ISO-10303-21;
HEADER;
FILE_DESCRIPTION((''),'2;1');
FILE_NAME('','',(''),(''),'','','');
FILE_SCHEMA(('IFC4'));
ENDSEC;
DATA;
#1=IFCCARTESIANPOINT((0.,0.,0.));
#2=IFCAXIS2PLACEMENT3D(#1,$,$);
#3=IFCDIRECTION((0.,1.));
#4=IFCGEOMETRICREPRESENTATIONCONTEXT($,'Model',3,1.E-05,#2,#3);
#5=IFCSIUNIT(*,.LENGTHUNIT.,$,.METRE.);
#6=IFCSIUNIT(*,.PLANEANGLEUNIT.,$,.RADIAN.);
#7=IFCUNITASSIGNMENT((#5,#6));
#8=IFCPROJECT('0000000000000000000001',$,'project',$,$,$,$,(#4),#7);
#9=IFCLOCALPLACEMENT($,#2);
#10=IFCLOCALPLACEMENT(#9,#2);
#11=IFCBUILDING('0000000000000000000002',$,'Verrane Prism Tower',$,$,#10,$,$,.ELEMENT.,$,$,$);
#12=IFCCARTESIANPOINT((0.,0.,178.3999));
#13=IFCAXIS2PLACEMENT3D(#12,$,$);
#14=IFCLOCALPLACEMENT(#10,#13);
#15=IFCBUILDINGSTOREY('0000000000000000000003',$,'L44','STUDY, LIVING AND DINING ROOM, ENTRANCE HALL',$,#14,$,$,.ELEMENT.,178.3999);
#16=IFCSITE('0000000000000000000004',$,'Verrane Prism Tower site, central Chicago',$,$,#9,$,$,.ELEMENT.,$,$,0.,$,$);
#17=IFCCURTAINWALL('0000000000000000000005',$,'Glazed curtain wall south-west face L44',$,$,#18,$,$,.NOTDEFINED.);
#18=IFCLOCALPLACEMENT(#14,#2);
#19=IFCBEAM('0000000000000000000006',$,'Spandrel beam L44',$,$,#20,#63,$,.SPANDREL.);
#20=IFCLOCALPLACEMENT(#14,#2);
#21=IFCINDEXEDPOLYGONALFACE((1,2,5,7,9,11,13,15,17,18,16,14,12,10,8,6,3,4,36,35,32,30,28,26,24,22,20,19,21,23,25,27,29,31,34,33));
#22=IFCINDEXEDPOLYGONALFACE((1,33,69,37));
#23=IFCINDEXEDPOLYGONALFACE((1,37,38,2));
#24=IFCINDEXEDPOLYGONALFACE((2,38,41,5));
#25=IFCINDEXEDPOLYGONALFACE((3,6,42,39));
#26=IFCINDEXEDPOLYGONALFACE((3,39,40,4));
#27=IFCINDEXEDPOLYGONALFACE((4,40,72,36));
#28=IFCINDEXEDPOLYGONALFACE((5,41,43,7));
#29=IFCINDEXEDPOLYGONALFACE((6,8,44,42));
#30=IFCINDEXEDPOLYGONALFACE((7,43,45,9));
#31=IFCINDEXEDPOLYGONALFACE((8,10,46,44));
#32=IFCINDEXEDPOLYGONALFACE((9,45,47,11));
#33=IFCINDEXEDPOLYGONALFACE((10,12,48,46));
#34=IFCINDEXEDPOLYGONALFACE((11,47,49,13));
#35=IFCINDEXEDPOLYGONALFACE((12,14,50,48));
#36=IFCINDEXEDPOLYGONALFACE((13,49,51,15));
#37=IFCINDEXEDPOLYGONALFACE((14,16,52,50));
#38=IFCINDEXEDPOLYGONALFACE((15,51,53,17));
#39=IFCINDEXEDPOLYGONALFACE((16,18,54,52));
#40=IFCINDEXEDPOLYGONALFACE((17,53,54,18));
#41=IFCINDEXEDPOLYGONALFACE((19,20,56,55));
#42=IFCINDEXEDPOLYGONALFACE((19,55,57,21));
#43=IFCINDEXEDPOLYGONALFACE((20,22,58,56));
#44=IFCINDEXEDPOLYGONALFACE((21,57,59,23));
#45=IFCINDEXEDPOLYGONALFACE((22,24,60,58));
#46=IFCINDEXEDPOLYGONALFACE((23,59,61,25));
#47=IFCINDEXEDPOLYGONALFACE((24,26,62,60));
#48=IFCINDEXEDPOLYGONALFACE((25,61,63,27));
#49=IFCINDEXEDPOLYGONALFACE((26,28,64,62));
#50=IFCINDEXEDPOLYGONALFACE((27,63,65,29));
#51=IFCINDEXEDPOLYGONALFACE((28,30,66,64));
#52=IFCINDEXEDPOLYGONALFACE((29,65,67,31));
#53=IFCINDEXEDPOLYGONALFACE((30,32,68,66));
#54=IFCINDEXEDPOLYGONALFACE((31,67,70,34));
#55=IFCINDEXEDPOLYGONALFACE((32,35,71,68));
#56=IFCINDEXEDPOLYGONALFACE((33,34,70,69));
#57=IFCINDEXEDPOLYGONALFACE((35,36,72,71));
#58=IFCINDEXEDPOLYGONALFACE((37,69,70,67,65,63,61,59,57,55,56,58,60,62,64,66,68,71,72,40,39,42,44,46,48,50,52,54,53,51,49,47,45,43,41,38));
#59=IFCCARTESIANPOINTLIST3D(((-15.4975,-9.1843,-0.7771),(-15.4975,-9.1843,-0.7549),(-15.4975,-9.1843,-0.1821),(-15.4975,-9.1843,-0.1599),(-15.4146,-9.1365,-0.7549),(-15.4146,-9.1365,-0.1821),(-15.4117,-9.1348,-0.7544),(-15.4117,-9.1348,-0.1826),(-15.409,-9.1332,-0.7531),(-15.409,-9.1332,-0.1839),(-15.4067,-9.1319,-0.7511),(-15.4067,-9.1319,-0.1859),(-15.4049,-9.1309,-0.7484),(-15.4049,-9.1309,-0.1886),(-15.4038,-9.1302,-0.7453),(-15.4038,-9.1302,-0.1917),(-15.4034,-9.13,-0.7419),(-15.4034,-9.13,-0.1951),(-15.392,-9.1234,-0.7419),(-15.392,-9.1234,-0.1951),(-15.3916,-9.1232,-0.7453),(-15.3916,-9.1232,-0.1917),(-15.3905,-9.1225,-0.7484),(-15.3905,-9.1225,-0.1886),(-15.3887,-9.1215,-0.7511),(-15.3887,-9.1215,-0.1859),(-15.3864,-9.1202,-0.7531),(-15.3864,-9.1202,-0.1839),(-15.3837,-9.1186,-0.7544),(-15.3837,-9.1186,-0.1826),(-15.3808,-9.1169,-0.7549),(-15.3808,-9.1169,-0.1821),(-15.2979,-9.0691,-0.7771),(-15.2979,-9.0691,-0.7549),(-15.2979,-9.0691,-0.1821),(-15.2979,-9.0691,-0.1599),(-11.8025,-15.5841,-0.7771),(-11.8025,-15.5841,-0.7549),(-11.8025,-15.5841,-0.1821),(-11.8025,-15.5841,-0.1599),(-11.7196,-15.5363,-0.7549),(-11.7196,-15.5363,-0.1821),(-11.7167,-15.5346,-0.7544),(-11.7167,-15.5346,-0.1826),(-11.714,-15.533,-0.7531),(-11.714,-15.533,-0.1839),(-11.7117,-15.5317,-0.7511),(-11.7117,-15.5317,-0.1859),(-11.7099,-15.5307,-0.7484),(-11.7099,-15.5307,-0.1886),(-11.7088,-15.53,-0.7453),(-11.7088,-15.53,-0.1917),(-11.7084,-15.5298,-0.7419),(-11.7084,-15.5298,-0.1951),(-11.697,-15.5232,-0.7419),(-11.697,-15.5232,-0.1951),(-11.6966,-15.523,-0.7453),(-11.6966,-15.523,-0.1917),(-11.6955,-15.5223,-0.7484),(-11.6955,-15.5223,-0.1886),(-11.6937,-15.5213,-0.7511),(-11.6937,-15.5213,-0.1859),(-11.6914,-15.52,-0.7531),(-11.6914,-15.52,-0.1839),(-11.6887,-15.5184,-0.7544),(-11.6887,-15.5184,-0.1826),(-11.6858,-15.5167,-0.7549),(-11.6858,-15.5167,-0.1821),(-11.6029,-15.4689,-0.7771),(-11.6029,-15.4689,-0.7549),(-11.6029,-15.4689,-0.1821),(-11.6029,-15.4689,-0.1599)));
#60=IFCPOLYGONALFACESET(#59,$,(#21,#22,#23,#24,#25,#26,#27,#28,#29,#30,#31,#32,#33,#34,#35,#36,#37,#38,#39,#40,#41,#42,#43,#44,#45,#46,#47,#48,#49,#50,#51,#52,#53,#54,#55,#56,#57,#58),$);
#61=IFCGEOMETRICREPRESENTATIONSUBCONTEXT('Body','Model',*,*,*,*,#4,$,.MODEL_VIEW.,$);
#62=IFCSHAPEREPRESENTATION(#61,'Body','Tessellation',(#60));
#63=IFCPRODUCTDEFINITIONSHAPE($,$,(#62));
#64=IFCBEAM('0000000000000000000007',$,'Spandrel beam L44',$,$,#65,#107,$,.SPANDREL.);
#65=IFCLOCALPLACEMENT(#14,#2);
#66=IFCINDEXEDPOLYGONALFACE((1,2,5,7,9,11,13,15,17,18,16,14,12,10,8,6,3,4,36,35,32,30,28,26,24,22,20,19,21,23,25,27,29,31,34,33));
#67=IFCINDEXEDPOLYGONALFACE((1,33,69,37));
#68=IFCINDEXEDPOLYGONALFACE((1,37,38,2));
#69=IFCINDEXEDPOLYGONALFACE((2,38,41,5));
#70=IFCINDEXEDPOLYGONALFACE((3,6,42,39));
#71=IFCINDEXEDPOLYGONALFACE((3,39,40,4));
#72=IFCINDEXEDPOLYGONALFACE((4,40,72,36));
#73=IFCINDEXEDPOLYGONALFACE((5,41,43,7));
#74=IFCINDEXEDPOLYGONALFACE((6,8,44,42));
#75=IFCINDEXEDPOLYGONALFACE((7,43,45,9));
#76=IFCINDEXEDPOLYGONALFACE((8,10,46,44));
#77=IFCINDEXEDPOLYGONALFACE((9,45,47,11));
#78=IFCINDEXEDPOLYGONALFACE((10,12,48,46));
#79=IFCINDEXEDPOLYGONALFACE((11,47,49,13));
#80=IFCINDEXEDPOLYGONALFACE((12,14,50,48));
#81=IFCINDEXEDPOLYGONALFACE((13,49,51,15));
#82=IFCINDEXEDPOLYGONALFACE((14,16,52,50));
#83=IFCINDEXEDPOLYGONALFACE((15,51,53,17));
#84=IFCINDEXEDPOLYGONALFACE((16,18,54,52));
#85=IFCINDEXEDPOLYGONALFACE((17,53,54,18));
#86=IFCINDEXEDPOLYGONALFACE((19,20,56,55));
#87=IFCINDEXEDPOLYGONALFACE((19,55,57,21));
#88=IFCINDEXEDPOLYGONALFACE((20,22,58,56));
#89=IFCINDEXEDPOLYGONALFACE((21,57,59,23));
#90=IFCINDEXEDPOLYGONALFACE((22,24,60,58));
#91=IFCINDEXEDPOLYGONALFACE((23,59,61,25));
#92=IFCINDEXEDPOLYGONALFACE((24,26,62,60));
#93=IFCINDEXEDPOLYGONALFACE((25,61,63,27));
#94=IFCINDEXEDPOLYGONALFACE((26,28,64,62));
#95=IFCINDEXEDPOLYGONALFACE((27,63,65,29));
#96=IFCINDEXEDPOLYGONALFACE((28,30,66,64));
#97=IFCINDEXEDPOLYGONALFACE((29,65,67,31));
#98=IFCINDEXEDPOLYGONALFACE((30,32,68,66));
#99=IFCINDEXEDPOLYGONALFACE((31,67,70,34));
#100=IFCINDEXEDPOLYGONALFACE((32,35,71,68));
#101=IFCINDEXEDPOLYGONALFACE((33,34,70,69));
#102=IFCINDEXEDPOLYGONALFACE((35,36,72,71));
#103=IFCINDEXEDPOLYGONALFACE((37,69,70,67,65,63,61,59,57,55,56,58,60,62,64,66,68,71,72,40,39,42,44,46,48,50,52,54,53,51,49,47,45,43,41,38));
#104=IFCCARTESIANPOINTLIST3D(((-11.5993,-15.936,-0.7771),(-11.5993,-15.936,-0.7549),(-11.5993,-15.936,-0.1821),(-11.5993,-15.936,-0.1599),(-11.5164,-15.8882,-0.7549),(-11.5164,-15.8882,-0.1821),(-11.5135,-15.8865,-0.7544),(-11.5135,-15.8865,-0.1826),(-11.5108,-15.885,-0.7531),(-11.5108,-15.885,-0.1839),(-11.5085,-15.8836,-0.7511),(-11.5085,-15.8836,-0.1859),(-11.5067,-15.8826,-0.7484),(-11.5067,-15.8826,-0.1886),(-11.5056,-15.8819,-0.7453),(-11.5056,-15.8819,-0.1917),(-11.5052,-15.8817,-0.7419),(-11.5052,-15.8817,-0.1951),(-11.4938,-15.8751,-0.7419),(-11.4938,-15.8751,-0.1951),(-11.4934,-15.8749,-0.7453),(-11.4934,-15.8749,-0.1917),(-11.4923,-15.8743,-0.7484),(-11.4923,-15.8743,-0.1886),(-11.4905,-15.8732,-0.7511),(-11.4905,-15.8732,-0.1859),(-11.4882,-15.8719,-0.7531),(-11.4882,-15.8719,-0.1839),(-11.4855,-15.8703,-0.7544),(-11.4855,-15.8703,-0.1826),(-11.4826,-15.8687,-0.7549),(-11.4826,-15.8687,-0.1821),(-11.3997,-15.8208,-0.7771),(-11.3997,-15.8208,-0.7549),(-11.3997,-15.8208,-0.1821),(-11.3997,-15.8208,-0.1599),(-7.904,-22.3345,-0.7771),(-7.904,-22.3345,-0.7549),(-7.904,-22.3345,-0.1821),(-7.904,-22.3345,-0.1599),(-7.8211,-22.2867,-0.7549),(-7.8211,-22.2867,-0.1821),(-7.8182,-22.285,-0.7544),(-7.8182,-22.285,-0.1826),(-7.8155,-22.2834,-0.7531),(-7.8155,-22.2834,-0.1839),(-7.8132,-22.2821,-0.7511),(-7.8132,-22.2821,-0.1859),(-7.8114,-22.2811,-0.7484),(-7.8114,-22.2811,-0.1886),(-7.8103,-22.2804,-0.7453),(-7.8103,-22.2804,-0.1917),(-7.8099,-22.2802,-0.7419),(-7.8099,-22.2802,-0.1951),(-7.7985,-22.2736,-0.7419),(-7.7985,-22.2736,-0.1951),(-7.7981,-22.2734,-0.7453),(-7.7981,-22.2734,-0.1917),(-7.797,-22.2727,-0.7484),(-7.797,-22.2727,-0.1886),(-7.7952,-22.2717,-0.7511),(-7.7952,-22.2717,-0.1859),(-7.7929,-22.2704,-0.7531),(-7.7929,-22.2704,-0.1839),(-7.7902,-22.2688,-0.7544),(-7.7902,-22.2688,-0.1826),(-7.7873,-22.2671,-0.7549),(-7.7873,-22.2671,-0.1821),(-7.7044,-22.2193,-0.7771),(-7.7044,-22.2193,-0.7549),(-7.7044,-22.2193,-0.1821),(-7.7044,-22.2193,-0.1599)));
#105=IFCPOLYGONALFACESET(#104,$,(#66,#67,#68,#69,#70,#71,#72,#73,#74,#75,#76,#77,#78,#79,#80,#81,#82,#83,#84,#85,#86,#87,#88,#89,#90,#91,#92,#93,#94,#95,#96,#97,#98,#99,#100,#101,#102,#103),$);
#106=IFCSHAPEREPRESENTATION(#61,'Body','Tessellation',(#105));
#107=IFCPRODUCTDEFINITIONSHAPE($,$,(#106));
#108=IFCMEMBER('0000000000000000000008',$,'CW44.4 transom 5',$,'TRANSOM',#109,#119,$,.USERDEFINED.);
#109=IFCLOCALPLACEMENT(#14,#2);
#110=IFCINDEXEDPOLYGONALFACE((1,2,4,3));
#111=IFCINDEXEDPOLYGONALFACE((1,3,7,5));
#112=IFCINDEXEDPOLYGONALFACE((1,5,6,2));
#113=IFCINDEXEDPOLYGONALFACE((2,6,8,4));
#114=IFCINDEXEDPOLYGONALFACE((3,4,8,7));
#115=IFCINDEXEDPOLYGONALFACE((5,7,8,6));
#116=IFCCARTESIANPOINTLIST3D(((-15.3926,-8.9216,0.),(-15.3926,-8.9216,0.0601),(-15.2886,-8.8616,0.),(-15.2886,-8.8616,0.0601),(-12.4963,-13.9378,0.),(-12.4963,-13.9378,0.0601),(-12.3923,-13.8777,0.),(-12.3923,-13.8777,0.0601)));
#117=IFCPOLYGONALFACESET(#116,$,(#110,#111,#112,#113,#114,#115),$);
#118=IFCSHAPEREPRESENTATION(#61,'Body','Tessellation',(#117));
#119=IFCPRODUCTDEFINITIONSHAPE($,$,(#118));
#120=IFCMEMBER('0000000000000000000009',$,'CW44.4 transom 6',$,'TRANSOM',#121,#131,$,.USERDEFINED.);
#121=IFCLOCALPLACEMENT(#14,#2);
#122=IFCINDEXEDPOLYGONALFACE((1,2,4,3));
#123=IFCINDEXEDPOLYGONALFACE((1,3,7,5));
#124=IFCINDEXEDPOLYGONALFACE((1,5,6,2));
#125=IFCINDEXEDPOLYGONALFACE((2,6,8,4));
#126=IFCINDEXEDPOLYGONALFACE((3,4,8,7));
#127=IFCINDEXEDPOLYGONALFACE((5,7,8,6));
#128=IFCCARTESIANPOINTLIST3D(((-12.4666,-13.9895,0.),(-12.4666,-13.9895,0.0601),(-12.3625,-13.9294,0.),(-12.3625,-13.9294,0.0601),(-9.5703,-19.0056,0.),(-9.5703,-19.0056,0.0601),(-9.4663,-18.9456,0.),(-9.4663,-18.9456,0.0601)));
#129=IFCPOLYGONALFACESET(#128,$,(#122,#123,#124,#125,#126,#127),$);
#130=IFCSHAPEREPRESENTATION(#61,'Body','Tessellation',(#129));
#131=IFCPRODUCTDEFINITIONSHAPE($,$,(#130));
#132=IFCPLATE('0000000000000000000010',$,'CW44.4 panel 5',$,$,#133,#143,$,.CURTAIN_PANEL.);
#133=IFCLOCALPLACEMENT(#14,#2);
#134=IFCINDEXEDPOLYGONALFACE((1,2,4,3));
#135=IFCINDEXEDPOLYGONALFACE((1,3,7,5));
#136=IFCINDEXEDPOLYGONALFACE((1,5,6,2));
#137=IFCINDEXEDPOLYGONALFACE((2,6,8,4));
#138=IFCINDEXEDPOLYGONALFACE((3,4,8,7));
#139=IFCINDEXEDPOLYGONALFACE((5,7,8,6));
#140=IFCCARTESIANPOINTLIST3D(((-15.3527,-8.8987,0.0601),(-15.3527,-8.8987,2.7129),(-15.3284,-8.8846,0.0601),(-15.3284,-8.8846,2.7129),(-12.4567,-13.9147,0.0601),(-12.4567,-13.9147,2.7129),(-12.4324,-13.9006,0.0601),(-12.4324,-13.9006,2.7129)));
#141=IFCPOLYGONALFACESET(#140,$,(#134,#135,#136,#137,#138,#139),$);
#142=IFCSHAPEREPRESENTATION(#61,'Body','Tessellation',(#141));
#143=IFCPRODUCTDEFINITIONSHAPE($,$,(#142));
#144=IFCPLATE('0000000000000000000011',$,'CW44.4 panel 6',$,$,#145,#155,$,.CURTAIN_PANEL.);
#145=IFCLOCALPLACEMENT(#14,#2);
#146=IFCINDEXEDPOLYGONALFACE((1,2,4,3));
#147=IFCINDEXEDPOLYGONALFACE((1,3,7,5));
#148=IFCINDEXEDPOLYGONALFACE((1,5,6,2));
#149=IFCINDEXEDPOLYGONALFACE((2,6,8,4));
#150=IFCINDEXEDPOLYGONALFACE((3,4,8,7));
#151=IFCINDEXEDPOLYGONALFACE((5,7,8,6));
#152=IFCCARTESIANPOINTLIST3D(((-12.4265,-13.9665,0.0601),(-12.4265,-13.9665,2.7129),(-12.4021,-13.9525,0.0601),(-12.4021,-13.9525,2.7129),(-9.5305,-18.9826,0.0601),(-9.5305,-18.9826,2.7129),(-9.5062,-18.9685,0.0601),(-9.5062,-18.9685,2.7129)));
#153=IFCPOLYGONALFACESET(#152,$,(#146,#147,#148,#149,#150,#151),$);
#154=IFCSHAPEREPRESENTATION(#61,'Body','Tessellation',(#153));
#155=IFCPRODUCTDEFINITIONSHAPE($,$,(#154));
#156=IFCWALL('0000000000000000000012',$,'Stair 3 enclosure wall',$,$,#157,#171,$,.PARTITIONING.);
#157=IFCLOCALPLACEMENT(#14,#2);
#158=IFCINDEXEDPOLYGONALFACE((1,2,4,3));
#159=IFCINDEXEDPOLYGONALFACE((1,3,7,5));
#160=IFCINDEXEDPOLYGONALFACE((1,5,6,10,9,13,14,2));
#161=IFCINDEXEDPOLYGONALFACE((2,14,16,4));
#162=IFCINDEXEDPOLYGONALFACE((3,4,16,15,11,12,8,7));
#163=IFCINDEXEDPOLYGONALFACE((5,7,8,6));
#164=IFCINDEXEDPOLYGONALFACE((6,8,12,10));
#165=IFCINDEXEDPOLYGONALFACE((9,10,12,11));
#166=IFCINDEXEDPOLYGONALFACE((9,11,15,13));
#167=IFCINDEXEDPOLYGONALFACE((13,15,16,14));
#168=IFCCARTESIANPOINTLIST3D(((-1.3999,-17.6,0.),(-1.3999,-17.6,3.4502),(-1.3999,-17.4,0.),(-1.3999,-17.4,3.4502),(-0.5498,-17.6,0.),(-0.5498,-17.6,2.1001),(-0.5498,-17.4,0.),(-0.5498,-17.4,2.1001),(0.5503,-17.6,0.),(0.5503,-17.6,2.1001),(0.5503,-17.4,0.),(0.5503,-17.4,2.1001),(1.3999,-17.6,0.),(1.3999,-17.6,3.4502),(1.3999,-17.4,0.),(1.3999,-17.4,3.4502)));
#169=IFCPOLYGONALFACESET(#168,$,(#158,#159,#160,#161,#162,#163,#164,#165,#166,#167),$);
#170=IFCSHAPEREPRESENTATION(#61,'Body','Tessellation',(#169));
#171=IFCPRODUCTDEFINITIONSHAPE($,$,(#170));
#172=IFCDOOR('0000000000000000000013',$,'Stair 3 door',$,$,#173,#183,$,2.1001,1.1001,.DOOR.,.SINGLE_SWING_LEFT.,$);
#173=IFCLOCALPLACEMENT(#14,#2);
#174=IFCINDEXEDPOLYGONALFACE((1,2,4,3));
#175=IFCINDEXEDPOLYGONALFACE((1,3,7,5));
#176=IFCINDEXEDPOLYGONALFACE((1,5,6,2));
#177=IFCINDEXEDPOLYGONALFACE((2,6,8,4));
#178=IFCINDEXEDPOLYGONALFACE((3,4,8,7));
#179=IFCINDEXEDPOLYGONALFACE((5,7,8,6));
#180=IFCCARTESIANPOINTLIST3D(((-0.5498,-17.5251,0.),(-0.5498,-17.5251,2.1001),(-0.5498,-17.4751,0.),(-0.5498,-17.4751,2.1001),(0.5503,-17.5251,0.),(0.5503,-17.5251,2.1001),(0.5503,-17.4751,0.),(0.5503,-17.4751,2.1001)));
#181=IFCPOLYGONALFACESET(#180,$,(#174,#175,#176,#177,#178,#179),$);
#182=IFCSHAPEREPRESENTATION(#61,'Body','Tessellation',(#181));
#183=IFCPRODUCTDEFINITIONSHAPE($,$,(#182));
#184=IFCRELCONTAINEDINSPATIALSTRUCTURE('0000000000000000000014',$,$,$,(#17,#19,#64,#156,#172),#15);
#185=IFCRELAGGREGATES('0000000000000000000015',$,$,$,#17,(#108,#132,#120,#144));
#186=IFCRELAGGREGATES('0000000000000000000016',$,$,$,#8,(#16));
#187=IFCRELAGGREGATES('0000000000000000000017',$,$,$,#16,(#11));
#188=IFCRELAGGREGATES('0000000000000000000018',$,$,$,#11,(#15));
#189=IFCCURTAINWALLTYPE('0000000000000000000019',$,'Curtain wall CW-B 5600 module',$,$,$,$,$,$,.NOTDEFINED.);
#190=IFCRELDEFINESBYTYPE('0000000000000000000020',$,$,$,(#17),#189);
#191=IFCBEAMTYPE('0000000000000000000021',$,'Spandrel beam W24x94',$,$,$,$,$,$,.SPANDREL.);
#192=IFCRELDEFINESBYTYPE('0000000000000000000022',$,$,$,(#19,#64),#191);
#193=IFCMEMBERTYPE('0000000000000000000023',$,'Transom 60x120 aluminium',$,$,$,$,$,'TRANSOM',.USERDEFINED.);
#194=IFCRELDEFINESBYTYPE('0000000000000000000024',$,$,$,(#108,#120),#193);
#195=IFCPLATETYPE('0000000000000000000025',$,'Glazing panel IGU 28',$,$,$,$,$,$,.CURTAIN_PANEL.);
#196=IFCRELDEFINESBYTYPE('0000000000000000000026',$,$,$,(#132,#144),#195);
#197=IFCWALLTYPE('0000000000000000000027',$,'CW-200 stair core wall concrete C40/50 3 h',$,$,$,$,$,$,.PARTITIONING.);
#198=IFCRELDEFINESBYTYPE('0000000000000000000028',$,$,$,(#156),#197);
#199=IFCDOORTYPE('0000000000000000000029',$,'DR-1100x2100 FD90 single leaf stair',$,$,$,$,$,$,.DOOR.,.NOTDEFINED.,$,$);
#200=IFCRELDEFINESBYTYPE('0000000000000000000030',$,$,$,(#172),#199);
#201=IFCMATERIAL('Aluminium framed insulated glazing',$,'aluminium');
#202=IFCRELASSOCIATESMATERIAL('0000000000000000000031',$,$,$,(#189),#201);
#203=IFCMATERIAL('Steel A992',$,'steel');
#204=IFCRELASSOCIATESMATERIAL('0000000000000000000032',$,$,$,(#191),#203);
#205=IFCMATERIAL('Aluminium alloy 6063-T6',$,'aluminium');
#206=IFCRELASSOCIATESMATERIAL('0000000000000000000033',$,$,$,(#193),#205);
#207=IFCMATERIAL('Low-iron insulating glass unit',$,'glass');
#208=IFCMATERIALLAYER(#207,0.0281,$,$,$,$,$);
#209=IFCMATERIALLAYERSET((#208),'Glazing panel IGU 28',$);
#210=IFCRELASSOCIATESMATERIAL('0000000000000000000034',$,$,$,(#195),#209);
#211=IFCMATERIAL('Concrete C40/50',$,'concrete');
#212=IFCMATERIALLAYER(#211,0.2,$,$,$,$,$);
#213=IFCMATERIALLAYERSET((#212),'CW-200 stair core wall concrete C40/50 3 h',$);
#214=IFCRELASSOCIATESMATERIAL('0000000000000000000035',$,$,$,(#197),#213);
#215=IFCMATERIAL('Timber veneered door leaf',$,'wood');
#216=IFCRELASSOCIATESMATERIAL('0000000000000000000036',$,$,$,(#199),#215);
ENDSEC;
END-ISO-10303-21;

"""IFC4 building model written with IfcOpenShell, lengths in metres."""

from ifc_helpers import new_model, si_unit, direction, frame, frame_2d, origin, origin_2d, place, context, subcontext, project, spatial, rectangle, i_section, extrude, material, layer, layer_set, material_profile, profile_set, type_object, element, fill, aggregate, save


model = new_model("IFC4")

# Units and contexts
model_context = context("Model", 3, precision=1e-05, world=origin(), true_north=direction((0.0, 1.0)))
body_context = subcontext(model_context, "Body", "Model", "MODEL_VIEW")
ifc_project = project(units=[si_unit("LENGTHUNIT", "METRE"), si_unit("PLANEANGLEUNIT", "RADIAN")], contexts=[model_context])

# Site, building, storey
site_placement = place(None, origin())
site = spatial("IfcSite", under=ifc_project, at=site_placement, Name="Verrane Prism Tower site, central Chicago", CompositionType="ELEMENT", RefElevation=0.0)
building_placement = place(site_placement, origin())
building = spatial("IfcBuilding", under=site, at=building_placement, Name="Verrane Prism Tower", CompositionType="ELEMENT")
storey_placement = place(building_placement, frame((0.0, 0.0, 178.3999)))
storey = spatial("IfcBuildingStorey", under=building, at=storey_placement, Name="L44", Description="STUDY, LIVING AND DINING ROOM, ENTRANCE HALL", CompositionType="ELEMENT", Elevation=178.3999)

# Curtain wall
ifc_material_1 = material(Name="Aluminium framed insulated glazing", Category="aluminium")
curtain_wall_type = type_object("IfcCurtainWallType", Name="Curtain wall CW-B 5600 module", PredefinedType="NOTDEFINED", material=ifc_material_1)
curtain_wall_placement = place(storey_placement, origin())
curtain_wall = element("IfcCurtainWall", 1, at=curtain_wall_placement, inside=storey, type_object=curtain_wall_type, Name="Glazed curtain wall south-west face L44", PredefinedType="NOTDEFINED")

# Beams
ifc_material_2 = material(Name="Steel A992", Category="steel")
ifc_material_profile_1 = material_profile(ifc_material_2, i_section(OverallWidth=0.2305, OverallDepth=0.6172, WebThickness=0.0132, FlangeThickness=0.0222, FilletRadius=0.0129, at=origin_2d()), Name="W24x94")
ifc_profile_set_1 = profile_set([ifc_material_profile_1], Name="Steel A992")
beam_type_1 = type_object("IfcBeamType", Name="Spandrel beam W24x94", PredefinedType="SPANDREL", material=ifc_profile_set_1)
beam_1_placement = place(storey_placement, frame((-15.3977, -9.1267, -0.4685), z_axis=(0.500008, -0.866021, 0.0), x_axis=(0.866021, 0.500008, 0.0)))
element("IfcBeam", 2, at=beam_1_placement, inside=storey, type_object=beam_type_1, Name="Spandrel beam L44", PredefinedType="SPANDREL", context=body_context, shape_type="SweptSolid", body=[
    extrude(i_section(OverallWidth=0.2305, OverallDepth=0.6172, WebThickness=0.0132, FlangeThickness=0.0222, FilletRadius=0.0129, at=origin_2d()), origin(), (0.0, 0.0, 1.0), 7.3899),
])
beam_2_placement = place(storey_placement, frame((-11.4995, -15.8784, -0.4685), z_axis=(0.500119, -0.865957, 0.0), x_axis=(0.865957, 0.500119, 0.0)))
element("IfcBeam", 3, at=beam_2_placement, inside=storey, type_object=beam_type_1, Name="Spandrel beam L44", PredefinedType="SPANDREL", context=body_context, shape_type="SweptSolid", body=[
    extrude(i_section(OverallWidth=0.2305, OverallDepth=0.6172, WebThickness=0.0132, FlangeThickness=0.0222, FilletRadius=0.0129, at=origin_2d()), origin(), (0.0, 0.0, 1.0), 7.3889),
])

# Members
ifc_material_3 = material(Name="Aluminium alloy 6063-T6", Category="aluminium")
ifc_material_profile_2 = material_profile(ifc_material_3, rectangle(XDim=0.1201, YDim=0.0601, at=origin_2d()), Name="Transom 60x120 aluminium")
ifc_profile_set_2 = profile_set([ifc_material_profile_2], Name="Aluminium alloy 6063-T6")
member_type_1 = type_object("IfcMemberType", Name="Transom 60x120 aluminium", ElementType="TRANSOM", PredefinedType="USERDEFINED", material=ifc_profile_set_2)
member_1_placement = place(storey_placement, frame((-15.3406, -8.8916, 0.03), z_axis=(0.500024, -0.866012, 0.0), x_axis=(0.866012, 0.500024, 0.0)))
member_1 = element("IfcMember", 4, at=member_1_placement, type_object=member_type_1, Name="CW44.4 transom 5", ObjectType="TRANSOM", PredefinedType="USERDEFINED", context=body_context, shape_type="SweptSolid", body=[
    extrude(rectangle(XDim=0.1201, YDim=0.0601, at=origin_2d()), origin(), (0.0, 0.0, 1.0), 5.7922),
])
member_2_placement = place(storey_placement, frame((-12.4146, -13.9595, 0.03), z_axis=(0.500024, -0.866012, 0.0), x_axis=(0.866012, 0.500024, 0.0)))
member_2 = element("IfcMember", 5, at=member_2_placement, type_object=member_type_1, Name="CW44.4 transom 6", ObjectType="TRANSOM", PredefinedType="USERDEFINED", context=body_context, shape_type="SweptSolid", body=[
    extrude(rectangle(XDim=0.1201, YDim=0.0601, at=origin_2d()), origin(), (0.0, 0.0, 1.0), 5.7922),
])

# Plates
ifc_material_4 = material(Name="Low-iron insulating glass unit", Category="glass")
ifc_layer_1 = layer(ifc_material_4, 0.0281)
ifc_layer_set_1 = layer_set([ifc_layer_1], Name="Glazing panel IGU 28")
plate_type = type_object("IfcPlateType", Name="Glazing panel IGU 28", PredefinedType="CURTAIN_PANEL", material=ifc_layer_set_1)
plate_1_placement = place(storey_placement, frame((-13.8926, -11.3997, 0.0601), z_axis=(0.0, 0.0, 1.0), x_axis=(0.499999, -0.866026, 0.0)))
plate_1 = element("IfcPlate", 6, at=plate_1_placement, type_object=plate_type, Name="CW44.4 panel 5", PredefinedType="CURTAIN_PANEL", context=body_context, shape_type="SweptSolid", body=[
    extrude(rectangle(XDim=5.792, YDim=0.0281, at=origin_2d()), origin(), (0.0, 0.0, 1.0), 2.6528),
])
plate_2_placement = place(storey_placement, frame((-10.9663, -16.4675, 0.0601), z_axis=(0.0, 0.0, 1.0), x_axis=(0.499999, -0.866026, 0.0)))
plate_2 = element("IfcPlate", 7, at=plate_2_placement, type_object=plate_type, Name="CW44.4 panel 6", PredefinedType="CURTAIN_PANEL", context=body_context, shape_type="SweptSolid", body=[
    extrude(rectangle(XDim=5.792, YDim=0.0281, at=origin_2d()), origin(), (0.0, 0.0, 1.0), 2.6528),
])
aggregate(curtain_wall, [member_1, plate_1, member_2, plate_2])

# Wall, opening, door
ifc_material_5 = material(Name="Concrete C40/50", Category="concrete")
ifc_layer_2 = layer(ifc_material_5, 0.2)
ifc_layer_set_2 = layer_set([ifc_layer_2], Name="CW-200 stair core wall concrete C40/50 3 h")
wall_type_1 = type_object("IfcWallType", Name="CW-200 stair core wall concrete C40/50 3 h", PredefinedType="PARTITIONING", material=ifc_layer_set_2)
wall_1_placement = place(storey_placement, frame((-1.3999, -17.5, 0.0), z_axis=(0.0, 0.0, 1.0), x_axis=(1.0, 0.0, 0.0)))
wall_1 = element("IfcWall", 8, at=wall_1_placement, inside=storey, type_object=wall_type_1, Name="Stair 3 enclosure wall", PredefinedType="PARTITIONING", context=body_context, shape_type="SweptSolid", body=[
    extrude(rectangle(XDim=2.7998, YDim=0.2, at=frame_2d((1.3999, 0.0))), origin(), (0.0, 0.0, 1.0), 3.4502),
])
opening_1_placement = place(wall_1_placement, frame((0.8501, 0.0, 0.0)))
opening_1 = element("IfcOpeningElement", 9, at=opening_1_placement, cuts=wall_1, PredefinedType="OPENING", context=body_context, shape_type="SweptSolid", body=[
    extrude(rectangle(XDim=1.1001, YDim=2.1001, at=frame_2d((0.55, 1.05))), frame((0.0, 0.1099, 0.0), z_axis=(0.0, -1.0, 0.0), x_axis=(1.0, 0.0, 0.0)), (0.0, 0.0, 1.0), 0.22),
])
ifc_material_6 = material(Name="Timber veneered door leaf", Category="wood")
door_type_1 = type_object("IfcDoorType", Name="DR-1100x2100 FD90 single leaf stair", OperationType="NOTDEFINED", PredefinedType="DOOR", material=ifc_material_6)
door_1_placement = place(opening_1_placement, origin())
door_1 = element("IfcDoor", 10, at=door_1_placement, inside=storey, type_object=door_type_1, Name="Stair 3 door", OperationType="SINGLE_SWING_LEFT", OverallHeight=2.1001, OverallWidth=1.1001, PredefinedType="DOOR", context=body_context, shape_type="SweptSolid", body=[
    extrude(rectangle(XDim=1.1001, YDim=2.1001, at=frame_2d((0.55, 1.05))), frame((0.0, 0.0249, 0.0), z_axis=(0.0, -1.0, 0.0), x_axis=(1.0, 0.0, 0.0)), (0.0, 0.0, 1.0), 0.05),
])
fill(opening_1, door_1)

save(model, "model.ifc")
